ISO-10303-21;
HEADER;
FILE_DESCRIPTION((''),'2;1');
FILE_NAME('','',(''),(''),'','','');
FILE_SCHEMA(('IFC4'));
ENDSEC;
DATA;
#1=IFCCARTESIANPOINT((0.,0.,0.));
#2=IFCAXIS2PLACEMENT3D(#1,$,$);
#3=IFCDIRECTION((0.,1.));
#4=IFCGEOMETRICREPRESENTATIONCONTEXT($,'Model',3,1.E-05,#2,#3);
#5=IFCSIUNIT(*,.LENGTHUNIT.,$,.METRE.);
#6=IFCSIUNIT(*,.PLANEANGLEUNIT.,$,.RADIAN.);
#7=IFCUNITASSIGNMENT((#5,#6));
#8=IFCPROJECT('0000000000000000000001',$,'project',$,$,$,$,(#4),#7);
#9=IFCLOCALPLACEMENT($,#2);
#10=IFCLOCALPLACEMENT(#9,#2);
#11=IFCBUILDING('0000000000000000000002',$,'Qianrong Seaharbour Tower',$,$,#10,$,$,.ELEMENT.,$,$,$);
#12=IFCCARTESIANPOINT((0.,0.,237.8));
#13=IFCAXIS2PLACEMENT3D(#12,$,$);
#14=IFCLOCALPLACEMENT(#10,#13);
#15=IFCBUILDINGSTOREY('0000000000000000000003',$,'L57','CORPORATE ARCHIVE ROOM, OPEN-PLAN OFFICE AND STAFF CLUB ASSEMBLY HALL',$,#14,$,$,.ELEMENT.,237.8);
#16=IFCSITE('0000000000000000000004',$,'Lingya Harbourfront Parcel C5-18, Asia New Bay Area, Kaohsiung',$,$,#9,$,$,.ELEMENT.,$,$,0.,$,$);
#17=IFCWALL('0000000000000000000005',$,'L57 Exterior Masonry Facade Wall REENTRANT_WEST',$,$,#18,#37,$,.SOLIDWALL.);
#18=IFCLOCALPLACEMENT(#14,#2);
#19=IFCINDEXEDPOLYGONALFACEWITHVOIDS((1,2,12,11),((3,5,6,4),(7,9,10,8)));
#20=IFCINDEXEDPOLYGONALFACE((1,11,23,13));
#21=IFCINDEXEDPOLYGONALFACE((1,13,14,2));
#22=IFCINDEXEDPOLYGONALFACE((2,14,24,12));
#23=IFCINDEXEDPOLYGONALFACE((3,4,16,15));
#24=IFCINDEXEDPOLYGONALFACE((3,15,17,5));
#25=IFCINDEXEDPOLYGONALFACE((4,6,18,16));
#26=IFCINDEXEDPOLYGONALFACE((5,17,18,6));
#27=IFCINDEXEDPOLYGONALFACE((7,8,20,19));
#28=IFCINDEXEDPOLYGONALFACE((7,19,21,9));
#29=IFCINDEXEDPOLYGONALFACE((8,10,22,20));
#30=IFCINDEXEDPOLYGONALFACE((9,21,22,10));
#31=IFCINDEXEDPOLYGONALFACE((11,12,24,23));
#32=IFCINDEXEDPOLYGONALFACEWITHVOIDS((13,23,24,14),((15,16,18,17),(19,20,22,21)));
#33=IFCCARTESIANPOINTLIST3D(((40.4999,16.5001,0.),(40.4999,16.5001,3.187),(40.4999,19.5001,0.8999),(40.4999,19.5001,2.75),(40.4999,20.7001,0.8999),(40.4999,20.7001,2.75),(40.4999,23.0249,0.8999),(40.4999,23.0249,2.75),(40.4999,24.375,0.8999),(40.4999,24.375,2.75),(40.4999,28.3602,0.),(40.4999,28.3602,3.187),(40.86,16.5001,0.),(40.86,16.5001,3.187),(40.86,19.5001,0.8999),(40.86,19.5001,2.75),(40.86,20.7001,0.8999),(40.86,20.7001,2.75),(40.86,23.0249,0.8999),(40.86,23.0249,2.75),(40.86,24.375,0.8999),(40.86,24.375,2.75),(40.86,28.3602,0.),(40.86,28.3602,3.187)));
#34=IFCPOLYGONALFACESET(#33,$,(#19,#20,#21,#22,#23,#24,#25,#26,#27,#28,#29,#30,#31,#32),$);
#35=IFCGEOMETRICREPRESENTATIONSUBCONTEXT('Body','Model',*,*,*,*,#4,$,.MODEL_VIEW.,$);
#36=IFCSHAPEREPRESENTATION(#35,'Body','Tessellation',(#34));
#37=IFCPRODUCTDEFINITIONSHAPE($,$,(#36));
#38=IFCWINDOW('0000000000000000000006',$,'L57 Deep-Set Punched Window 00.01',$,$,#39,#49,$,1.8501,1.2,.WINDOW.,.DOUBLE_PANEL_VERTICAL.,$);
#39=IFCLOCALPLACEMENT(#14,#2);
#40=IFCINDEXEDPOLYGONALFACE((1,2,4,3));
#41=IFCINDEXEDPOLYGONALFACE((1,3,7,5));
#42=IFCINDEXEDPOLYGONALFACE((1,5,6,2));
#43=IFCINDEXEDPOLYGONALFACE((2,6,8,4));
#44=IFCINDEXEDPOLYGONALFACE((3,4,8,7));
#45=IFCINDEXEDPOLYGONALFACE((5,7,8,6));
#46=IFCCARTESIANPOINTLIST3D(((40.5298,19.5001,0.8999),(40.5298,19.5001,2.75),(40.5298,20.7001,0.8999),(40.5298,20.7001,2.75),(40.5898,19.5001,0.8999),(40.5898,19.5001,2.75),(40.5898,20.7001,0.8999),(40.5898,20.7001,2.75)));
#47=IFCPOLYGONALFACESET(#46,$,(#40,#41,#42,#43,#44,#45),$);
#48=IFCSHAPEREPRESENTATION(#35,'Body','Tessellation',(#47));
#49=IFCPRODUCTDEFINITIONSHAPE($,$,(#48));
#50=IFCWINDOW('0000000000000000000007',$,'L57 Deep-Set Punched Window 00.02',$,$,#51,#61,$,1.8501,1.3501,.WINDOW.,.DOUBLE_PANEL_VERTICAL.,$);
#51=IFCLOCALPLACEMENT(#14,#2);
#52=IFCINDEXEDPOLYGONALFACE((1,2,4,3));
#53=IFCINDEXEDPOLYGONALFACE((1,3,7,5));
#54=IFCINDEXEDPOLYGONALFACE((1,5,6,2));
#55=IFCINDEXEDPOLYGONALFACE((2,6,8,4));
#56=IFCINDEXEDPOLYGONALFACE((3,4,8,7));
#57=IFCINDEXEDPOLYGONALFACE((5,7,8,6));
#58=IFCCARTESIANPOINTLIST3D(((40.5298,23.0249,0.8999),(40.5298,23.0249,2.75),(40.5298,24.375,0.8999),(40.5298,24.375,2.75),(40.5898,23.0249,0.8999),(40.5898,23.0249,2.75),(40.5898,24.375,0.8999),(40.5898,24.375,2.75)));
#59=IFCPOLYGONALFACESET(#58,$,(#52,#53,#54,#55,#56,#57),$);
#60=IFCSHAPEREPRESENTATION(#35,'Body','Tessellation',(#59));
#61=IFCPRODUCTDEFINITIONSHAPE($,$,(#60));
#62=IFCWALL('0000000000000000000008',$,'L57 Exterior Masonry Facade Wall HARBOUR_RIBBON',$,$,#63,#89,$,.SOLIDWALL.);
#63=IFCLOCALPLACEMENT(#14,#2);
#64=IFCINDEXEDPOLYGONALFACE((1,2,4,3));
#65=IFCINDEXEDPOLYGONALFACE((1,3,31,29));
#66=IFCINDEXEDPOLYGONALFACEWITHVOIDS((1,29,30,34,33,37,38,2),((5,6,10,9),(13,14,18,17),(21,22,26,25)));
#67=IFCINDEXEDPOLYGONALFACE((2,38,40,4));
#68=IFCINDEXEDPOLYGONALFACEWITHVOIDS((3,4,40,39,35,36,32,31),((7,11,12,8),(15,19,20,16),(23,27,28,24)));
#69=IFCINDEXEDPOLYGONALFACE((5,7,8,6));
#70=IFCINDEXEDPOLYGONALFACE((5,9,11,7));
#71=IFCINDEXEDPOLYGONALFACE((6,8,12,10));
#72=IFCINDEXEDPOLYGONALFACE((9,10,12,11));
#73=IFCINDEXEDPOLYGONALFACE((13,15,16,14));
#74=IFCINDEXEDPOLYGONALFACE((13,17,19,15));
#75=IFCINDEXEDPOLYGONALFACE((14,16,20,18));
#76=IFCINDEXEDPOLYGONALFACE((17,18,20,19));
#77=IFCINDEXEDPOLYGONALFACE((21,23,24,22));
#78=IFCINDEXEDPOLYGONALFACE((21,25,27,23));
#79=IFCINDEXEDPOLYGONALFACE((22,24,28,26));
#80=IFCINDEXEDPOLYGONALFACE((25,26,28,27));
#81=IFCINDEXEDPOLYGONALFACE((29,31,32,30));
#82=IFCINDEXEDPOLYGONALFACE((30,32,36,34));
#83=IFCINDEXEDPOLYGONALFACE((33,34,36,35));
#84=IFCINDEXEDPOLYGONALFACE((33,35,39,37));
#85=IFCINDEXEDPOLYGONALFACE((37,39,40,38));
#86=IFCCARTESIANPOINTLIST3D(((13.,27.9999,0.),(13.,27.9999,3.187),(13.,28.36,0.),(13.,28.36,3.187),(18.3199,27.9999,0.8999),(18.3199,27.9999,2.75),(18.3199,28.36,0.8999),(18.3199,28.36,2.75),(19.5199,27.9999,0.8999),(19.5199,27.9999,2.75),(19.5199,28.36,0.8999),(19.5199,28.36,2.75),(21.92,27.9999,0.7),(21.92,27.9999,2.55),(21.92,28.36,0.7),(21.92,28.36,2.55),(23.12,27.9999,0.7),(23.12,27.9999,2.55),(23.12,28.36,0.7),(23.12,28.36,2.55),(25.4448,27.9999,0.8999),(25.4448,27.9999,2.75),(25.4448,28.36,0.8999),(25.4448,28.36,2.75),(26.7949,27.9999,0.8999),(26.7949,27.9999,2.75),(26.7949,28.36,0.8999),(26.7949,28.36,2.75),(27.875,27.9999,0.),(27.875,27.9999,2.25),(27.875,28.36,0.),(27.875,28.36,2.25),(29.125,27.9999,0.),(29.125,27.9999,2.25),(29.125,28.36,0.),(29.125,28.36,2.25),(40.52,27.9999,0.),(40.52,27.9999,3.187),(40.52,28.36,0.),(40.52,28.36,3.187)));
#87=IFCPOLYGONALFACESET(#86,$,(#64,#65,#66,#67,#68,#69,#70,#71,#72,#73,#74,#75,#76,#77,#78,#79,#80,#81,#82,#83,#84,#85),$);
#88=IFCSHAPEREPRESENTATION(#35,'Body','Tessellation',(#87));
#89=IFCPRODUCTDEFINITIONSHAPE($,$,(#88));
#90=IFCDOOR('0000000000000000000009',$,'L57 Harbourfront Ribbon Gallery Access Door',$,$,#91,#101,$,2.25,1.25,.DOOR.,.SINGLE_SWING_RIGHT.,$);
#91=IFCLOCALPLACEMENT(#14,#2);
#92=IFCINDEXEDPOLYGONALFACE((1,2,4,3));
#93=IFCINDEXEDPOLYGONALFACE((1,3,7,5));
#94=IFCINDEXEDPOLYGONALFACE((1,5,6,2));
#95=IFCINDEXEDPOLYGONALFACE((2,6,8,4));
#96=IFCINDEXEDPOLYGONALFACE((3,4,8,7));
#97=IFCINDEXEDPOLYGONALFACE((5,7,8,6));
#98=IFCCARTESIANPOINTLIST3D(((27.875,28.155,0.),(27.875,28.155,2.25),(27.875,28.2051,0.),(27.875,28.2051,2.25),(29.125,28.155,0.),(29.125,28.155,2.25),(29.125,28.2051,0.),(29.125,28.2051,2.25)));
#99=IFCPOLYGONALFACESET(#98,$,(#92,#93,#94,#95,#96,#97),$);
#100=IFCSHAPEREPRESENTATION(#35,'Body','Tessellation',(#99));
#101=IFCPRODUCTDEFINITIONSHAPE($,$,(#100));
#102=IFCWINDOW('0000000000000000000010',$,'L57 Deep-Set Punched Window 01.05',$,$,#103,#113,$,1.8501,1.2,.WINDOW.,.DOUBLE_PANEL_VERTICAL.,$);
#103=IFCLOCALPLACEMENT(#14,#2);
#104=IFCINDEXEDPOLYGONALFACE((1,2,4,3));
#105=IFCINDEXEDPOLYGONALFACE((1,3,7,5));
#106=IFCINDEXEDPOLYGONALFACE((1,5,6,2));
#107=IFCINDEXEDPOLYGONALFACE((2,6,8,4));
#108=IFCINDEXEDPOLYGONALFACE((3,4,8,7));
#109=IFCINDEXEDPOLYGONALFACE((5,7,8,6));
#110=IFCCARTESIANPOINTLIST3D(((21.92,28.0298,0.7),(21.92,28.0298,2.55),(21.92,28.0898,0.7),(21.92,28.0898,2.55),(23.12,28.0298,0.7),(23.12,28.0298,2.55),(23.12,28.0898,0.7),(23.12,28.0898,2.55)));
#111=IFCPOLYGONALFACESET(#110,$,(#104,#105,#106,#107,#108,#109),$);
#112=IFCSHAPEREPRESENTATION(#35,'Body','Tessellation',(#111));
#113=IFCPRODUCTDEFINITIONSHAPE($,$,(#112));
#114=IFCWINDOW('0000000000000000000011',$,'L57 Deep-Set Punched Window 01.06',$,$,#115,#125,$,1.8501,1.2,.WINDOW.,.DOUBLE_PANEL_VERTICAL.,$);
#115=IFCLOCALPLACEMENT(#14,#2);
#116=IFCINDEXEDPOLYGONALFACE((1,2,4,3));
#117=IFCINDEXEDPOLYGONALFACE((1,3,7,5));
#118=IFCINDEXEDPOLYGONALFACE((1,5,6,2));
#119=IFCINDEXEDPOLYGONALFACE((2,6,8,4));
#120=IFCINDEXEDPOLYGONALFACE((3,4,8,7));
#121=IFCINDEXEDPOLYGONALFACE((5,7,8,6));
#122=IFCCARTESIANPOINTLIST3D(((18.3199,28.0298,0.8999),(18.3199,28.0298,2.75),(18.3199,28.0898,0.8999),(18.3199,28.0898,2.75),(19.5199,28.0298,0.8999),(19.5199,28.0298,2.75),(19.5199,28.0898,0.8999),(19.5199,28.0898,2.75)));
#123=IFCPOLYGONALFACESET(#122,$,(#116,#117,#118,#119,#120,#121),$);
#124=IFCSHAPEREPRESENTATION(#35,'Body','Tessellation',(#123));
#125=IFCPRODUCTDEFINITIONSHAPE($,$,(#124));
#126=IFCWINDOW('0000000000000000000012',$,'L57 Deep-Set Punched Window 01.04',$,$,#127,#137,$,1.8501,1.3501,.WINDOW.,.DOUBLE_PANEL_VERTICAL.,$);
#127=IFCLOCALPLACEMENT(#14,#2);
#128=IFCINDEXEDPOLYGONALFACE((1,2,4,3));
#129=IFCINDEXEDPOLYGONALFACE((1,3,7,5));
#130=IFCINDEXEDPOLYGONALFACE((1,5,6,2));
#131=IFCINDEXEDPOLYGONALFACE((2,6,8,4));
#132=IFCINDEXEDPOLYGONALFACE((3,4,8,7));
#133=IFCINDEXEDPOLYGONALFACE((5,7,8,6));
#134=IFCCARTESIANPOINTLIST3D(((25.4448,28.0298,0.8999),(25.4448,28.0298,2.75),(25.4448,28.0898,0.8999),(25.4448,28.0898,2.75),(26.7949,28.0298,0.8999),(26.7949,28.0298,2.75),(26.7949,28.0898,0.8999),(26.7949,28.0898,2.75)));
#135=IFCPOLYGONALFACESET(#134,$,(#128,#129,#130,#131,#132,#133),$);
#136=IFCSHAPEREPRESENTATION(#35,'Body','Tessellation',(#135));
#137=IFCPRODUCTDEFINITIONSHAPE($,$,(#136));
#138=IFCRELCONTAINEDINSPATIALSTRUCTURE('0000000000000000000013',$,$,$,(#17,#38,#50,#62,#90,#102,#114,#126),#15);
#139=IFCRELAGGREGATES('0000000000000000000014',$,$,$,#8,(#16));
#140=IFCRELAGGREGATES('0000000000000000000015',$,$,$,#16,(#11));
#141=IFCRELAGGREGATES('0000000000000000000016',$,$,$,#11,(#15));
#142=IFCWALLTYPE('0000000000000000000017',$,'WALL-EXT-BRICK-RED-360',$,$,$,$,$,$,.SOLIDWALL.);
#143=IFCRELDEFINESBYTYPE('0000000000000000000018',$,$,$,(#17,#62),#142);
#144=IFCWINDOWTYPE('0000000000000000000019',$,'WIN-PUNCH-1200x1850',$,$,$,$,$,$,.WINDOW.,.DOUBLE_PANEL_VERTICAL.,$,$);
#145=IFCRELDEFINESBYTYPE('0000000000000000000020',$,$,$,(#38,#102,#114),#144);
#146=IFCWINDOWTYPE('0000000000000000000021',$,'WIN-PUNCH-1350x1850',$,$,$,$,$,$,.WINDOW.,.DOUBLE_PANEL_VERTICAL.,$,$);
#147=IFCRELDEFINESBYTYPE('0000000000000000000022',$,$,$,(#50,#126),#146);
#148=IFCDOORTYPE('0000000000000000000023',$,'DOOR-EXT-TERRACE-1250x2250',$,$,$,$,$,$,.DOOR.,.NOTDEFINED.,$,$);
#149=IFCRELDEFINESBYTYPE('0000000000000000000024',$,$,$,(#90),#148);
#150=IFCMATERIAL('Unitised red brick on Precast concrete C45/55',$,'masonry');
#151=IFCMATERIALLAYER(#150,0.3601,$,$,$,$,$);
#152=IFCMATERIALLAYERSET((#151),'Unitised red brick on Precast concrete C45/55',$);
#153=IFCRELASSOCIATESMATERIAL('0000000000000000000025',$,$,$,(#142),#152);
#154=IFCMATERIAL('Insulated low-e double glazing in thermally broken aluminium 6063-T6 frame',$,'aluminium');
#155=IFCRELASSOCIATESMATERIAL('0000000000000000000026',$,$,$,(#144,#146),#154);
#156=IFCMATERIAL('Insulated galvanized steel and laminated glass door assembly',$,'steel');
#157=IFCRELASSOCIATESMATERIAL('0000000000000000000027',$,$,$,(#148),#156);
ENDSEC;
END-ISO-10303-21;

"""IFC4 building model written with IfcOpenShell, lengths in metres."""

from ifc_helpers import new_model, si_unit, direction, frame, frame_2d, origin, place, context, subcontext, project, spatial, rectangle, extrude, material, layer, layer_set, type_object, element, fill, save


model = new_model("IFC4")

# Units and contexts
model_context = context("Model", 3, precision=1e-05, world=origin(), true_north=direction((0.0, 1.0)))
body_context = subcontext(model_context, "Body", "Model", "MODEL_VIEW")
ifc_project = project(units=[si_unit("LENGTHUNIT", "METRE"), si_unit("PLANEANGLEUNIT", "RADIAN")], contexts=[model_context])

# Site, building, storey
site_placement = place(None, origin())
site = spatial("IfcSite", under=ifc_project, at=site_placement, Name="Lingya Harbourfront Parcel C5-18, Asia New Bay Area, Kaohsiung", CompositionType="ELEMENT", RefElevation=0.0)
building_placement = place(site_placement, origin())
building = spatial("IfcBuilding", under=site, at=building_placement, Name="Qianrong Seaharbour Tower", CompositionType="ELEMENT")
storey_placement = place(building_placement, frame((0.0, 0.0, 237.8)))
storey = spatial("IfcBuildingStorey", under=building, at=storey_placement, Name="L57", Description="CORPORATE ARCHIVE ROOM, OPEN-PLAN OFFICE AND STAFF CLUB ASSEMBLY HALL", CompositionType="ELEMENT", Elevation=237.8)

# Wall, openings, windows
ifc_material_1 = material(Name="Unitised red brick on Precast concrete C45/55", Category="masonry")
ifc_layer_1 = layer(ifc_material_1, 0.3601)
ifc_layer_set_1 = layer_set([ifc_layer_1], Name="Unitised red brick on Precast concrete C45/55")
wall_type_1 = type_object("IfcWallType", Name="WALL-EXT-BRICK-RED-360", PredefinedType="SOLIDWALL", material=ifc_layer_set_1)
wall_1_placement = place(storey_placement, frame((40.6799, 16.5, 0.0), z_axis=(0.0, 0.0, 1.0), x_axis=(0.0, 1.0, 0.0)))
wall_1 = element("IfcWall", 1, at=wall_1_placement, inside=storey, type_object=wall_type_1, Name="L57 Exterior Masonry Facade Wall REENTRANT_WEST", PredefinedType="SOLIDWALL", context=body_context, shape_type="SweptSolid", body=[
    extrude(rectangle(XDim=11.8601, YDim=0.3601, at=frame_2d((5.9302, 0.0))), origin(), (0.0, 0.0, 1.0), 3.187),
])
opening_1_placement = place(wall_1_placement, frame((3.0, 0.0, 0.8999)))
opening_1 = element("IfcOpeningElement", 2, at=opening_1_placement, cuts=wall_1, PredefinedType="OPENING", context=body_context, shape_type="SweptSolid", body=[
    extrude(rectangle(XDim=1.2, YDim=1.8501, at=frame_2d((0.6001, 0.925))), frame((0.0, 0.1899, 0.0), z_axis=(0.0, -1.0, 0.0), x_axis=(1.0, 0.0, 0.0)), (0.0, 0.0, 1.0), 0.3801),
])
opening_2_placement = place(wall_1_placement, frame((6.5249, 0.0, 0.8999)))
opening_2 = element("IfcOpeningElement", 3, at=opening_2_placement, cuts=wall_1, PredefinedType="OPENING", context=body_context, shape_type="SweptSolid", body=[
    extrude(rectangle(XDim=1.3501, YDim=1.8501, at=frame_2d((0.675, 0.925))), frame((0.0, 0.1899, 0.0), z_axis=(0.0, -1.0, 0.0), x_axis=(1.0, 0.0, 0.0)), (0.0, 0.0, 1.0), 0.3801),
])
ifc_material_2 = material(Name="Insulated low-e double glazing in thermally broken aluminium 6063-T6 frame", Category="aluminium")
window_type_1 = type_object("IfcWindowType", Name="WIN-PUNCH-1200x1850", PartitioningType="DOUBLE_PANEL_VERTICAL", PredefinedType="WINDOW", material=ifc_material_2)
window_1_placement = place(opening_1_placement, origin())
window_1 = element("IfcWindow", 4, at=window_1_placement, inside=storey, type_object=window_type_1, Name="L57 Deep-Set Punched Window 00.01", OverallHeight=1.8501, OverallWidth=1.2, PartitioningType="DOUBLE_PANEL_VERTICAL", PredefinedType="WINDOW", context=body_context, shape_type="SweptSolid", body=[
    extrude(rectangle(XDim=1.2, YDim=1.8501, at=frame_2d((0.6001, 0.925))), frame((0.0, 0.1501, 0.0), z_axis=(0.0, -1.0, 0.0), x_axis=(1.0, 0.0, 0.0)), (0.0, 0.0, 1.0), 0.0601),
])
fill(opening_1, window_1)
window_type_2 = type_object("IfcWindowType", Name="WIN-PUNCH-1350x1850", PartitioningType="DOUBLE_PANEL_VERTICAL", PredefinedType="WINDOW", material=ifc_material_2)
window_2_placement = place(opening_2_placement, origin())
window_2 = element("IfcWindow", 5, at=window_2_placement, inside=storey, type_object=window_type_2, Name="L57 Deep-Set Punched Window 00.02", OverallHeight=1.8501, OverallWidth=1.3501, PartitioningType="DOUBLE_PANEL_VERTICAL", PredefinedType="WINDOW", context=body_context, shape_type="SweptSolid", body=[
    extrude(rectangle(XDim=1.3501, YDim=1.8501, at=frame_2d((0.675, 0.925))), frame((0.0, 0.1501, 0.0), z_axis=(0.0, -1.0, 0.0), x_axis=(1.0, 0.0, 0.0)), (0.0, 0.0, 1.0), 0.0601),
])
fill(opening_2, window_2)

# Wall, openings, door, windows
wall_2_placement = place(storey_placement, frame((40.52, 28.1799, 0.0), z_axis=(0.0, 0.0, 1.0), x_axis=(-1.0, 0.0, 0.0)))
wall_2 = element("IfcWall", 6, at=wall_2_placement, inside=storey, type_object=wall_type_1, Name="L57 Exterior Masonry Facade Wall HARBOUR_RIBBON", PredefinedType="SOLIDWALL", context=body_context, shape_type="SweptSolid", body=[
    extrude(rectangle(XDim=27.52, YDim=0.3601, at=frame_2d((13.76, 0.0))), origin(), (0.0, 0.0, 1.0), 3.187),
])
opening_3_placement = place(wall_2_placement, frame((13.7251, 0.0, 0.8999)))
opening_3 = element("IfcOpeningElement", 7, at=opening_3_placement, cuts=wall_2, PredefinedType="OPENING", context=body_context, shape_type="SweptSolid", body=[
    extrude(rectangle(XDim=1.3501, YDim=1.8501, at=frame_2d((0.675, 0.925))), frame((0.0, 0.1899, 0.0), z_axis=(0.0, -1.0, 0.0), x_axis=(1.0, 0.0, 0.0)), (0.0, 0.0, 1.0), 0.3801),
])
opening_4_placement = place(wall_2_placement, frame((17.3999, 0.0, 0.7)))
opening_4 = element("IfcOpeningElement", 8, at=opening_4_placement, cuts=wall_2, PredefinedType="OPENING", context=body_context, shape_type="SweptSolid", body=[
    extrude(rectangle(XDim=1.2, YDim=1.8501, at=frame_2d((0.6001, 0.925))), frame((0.0, 0.1899, 0.0), z_axis=(0.0, -1.0, 0.0), x_axis=(1.0, 0.0, 0.0)), (0.0, 0.0, 1.0), 0.3801),
])
opening_5_placement = place(wall_2_placement, frame((21.0, 0.0, 0.8999)))
opening_5 = element("IfcOpeningElement", 9, at=opening_5_placement, cuts=wall_2, PredefinedType="OPENING", context=body_context, shape_type="SweptSolid", body=[
    extrude(rectangle(XDim=1.2, YDim=1.8501, at=frame_2d((0.6001, 0.925))), frame((0.0, 0.1899, 0.0), z_axis=(0.0, -1.0, 0.0), x_axis=(1.0, 0.0, 0.0)), (0.0, 0.0, 1.0), 0.3801),
])
opening_6_placement = place(wall_2_placement, frame((11.395, 0.0, 0.0)))
opening_6 = element("IfcOpeningElement", 10, at=opening_6_placement, cuts=wall_2, PredefinedType="OPENING", context=body_context, shape_type="SweptSolid", body=[
    extrude(rectangle(XDim=1.25, YDim=2.25, at=frame_2d((0.625, 1.125))), frame((0.0, 0.1899, 0.0), z_axis=(0.0, -1.0, 0.0), x_axis=(1.0, 0.0, 0.0)), (0.0, 0.0, 1.0), 0.3801),
])
ifc_material_3 = material(Name="Insulated galvanized steel and laminated glass door assembly", Category="steel")
door_type_1 = type_object("IfcDoorType", Name="DOOR-EXT-TERRACE-1250x2250", OperationType="NOTDEFINED", PredefinedType="DOOR", material=ifc_material_3)
door_1_placement = place(opening_6_placement, origin())
door_1 = element("IfcDoor", 11, at=door_1_placement, inside=storey, type_object=door_type_1, Name="L57 Harbourfront Ribbon Gallery Access Door", OperationType="SINGLE_SWING_RIGHT", OverallHeight=2.25, OverallWidth=1.25, PredefinedType="DOOR", context=body_context, shape_type="SweptSolid", body=[
    extrude(rectangle(XDim=1.25, YDim=2.25, at=frame_2d((0.625, 1.125))), frame((0.0, 0.0249, 0.0), z_axis=(0.0, -1.0, 0.0), x_axis=(1.0, 0.0, 0.0)), (0.0, 0.0, 1.0), 0.05),
])
fill(opening_6, door_1)
window_3_placement = place(opening_4_placement, origin())
window_3 = element("IfcWindow", 12, at=window_3_placement, inside=storey, type_object=window_type_1, Name="L57 Deep-Set Punched Window 01.05", OverallHeight=1.8501, OverallWidth=1.2, PartitioningType="DOUBLE_PANEL_VERTICAL", PredefinedType="WINDOW", context=body_context, shape_type="SweptSolid", body=[
    extrude(rectangle(XDim=1.2, YDim=1.8501, at=frame_2d((0.6001, 0.925))), frame((0.0, 0.1501, 0.0), z_axis=(0.0, -1.0, 0.0), x_axis=(1.0, 0.0, 0.0)), (0.0, 0.0, 1.0), 0.0601),
])
fill(opening_4, window_3)
window_4_placement = place(opening_5_placement, origin())
window_4 = element("IfcWindow", 13, at=window_4_placement, inside=storey, type_object=window_type_1, Name="L57 Deep-Set Punched Window 01.06", OverallHeight=1.8501, OverallWidth=1.2, PartitioningType="DOUBLE_PANEL_VERTICAL", PredefinedType="WINDOW", context=body_context, shape_type="SweptSolid", body=[
    extrude(rectangle(XDim=1.2, YDim=1.8501, at=frame_2d((0.6001, 0.925))), frame((0.0, 0.1501, 0.0), z_axis=(0.0, -1.0, 0.0), x_axis=(1.0, 0.0, 0.0)), (0.0, 0.0, 1.0), 0.0601),
])
fill(opening_5, window_4)
window_5_placement = place(opening_3_placement, origin())
window_5 = element("IfcWindow", 14, at=window_5_placement, inside=storey, type_object=window_type_2, Name="L57 Deep-Set Punched Window 01.04", OverallHeight=1.8501, OverallWidth=1.3501, PartitioningType="DOUBLE_PANEL_VERTICAL", PredefinedType="WINDOW", context=body_context, shape_type="SweptSolid", body=[
    extrude(rectangle(XDim=1.3501, YDim=1.8501, at=frame_2d((0.675, 0.925))), frame((0.0, 0.1501, 0.0), z_axis=(0.0, -1.0, 0.0), x_axis=(1.0, 0.0, 0.0)), (0.0, 0.0, 1.0), 0.0601),
])
fill(opening_3, window_5)

save(model, "model.ifc")
